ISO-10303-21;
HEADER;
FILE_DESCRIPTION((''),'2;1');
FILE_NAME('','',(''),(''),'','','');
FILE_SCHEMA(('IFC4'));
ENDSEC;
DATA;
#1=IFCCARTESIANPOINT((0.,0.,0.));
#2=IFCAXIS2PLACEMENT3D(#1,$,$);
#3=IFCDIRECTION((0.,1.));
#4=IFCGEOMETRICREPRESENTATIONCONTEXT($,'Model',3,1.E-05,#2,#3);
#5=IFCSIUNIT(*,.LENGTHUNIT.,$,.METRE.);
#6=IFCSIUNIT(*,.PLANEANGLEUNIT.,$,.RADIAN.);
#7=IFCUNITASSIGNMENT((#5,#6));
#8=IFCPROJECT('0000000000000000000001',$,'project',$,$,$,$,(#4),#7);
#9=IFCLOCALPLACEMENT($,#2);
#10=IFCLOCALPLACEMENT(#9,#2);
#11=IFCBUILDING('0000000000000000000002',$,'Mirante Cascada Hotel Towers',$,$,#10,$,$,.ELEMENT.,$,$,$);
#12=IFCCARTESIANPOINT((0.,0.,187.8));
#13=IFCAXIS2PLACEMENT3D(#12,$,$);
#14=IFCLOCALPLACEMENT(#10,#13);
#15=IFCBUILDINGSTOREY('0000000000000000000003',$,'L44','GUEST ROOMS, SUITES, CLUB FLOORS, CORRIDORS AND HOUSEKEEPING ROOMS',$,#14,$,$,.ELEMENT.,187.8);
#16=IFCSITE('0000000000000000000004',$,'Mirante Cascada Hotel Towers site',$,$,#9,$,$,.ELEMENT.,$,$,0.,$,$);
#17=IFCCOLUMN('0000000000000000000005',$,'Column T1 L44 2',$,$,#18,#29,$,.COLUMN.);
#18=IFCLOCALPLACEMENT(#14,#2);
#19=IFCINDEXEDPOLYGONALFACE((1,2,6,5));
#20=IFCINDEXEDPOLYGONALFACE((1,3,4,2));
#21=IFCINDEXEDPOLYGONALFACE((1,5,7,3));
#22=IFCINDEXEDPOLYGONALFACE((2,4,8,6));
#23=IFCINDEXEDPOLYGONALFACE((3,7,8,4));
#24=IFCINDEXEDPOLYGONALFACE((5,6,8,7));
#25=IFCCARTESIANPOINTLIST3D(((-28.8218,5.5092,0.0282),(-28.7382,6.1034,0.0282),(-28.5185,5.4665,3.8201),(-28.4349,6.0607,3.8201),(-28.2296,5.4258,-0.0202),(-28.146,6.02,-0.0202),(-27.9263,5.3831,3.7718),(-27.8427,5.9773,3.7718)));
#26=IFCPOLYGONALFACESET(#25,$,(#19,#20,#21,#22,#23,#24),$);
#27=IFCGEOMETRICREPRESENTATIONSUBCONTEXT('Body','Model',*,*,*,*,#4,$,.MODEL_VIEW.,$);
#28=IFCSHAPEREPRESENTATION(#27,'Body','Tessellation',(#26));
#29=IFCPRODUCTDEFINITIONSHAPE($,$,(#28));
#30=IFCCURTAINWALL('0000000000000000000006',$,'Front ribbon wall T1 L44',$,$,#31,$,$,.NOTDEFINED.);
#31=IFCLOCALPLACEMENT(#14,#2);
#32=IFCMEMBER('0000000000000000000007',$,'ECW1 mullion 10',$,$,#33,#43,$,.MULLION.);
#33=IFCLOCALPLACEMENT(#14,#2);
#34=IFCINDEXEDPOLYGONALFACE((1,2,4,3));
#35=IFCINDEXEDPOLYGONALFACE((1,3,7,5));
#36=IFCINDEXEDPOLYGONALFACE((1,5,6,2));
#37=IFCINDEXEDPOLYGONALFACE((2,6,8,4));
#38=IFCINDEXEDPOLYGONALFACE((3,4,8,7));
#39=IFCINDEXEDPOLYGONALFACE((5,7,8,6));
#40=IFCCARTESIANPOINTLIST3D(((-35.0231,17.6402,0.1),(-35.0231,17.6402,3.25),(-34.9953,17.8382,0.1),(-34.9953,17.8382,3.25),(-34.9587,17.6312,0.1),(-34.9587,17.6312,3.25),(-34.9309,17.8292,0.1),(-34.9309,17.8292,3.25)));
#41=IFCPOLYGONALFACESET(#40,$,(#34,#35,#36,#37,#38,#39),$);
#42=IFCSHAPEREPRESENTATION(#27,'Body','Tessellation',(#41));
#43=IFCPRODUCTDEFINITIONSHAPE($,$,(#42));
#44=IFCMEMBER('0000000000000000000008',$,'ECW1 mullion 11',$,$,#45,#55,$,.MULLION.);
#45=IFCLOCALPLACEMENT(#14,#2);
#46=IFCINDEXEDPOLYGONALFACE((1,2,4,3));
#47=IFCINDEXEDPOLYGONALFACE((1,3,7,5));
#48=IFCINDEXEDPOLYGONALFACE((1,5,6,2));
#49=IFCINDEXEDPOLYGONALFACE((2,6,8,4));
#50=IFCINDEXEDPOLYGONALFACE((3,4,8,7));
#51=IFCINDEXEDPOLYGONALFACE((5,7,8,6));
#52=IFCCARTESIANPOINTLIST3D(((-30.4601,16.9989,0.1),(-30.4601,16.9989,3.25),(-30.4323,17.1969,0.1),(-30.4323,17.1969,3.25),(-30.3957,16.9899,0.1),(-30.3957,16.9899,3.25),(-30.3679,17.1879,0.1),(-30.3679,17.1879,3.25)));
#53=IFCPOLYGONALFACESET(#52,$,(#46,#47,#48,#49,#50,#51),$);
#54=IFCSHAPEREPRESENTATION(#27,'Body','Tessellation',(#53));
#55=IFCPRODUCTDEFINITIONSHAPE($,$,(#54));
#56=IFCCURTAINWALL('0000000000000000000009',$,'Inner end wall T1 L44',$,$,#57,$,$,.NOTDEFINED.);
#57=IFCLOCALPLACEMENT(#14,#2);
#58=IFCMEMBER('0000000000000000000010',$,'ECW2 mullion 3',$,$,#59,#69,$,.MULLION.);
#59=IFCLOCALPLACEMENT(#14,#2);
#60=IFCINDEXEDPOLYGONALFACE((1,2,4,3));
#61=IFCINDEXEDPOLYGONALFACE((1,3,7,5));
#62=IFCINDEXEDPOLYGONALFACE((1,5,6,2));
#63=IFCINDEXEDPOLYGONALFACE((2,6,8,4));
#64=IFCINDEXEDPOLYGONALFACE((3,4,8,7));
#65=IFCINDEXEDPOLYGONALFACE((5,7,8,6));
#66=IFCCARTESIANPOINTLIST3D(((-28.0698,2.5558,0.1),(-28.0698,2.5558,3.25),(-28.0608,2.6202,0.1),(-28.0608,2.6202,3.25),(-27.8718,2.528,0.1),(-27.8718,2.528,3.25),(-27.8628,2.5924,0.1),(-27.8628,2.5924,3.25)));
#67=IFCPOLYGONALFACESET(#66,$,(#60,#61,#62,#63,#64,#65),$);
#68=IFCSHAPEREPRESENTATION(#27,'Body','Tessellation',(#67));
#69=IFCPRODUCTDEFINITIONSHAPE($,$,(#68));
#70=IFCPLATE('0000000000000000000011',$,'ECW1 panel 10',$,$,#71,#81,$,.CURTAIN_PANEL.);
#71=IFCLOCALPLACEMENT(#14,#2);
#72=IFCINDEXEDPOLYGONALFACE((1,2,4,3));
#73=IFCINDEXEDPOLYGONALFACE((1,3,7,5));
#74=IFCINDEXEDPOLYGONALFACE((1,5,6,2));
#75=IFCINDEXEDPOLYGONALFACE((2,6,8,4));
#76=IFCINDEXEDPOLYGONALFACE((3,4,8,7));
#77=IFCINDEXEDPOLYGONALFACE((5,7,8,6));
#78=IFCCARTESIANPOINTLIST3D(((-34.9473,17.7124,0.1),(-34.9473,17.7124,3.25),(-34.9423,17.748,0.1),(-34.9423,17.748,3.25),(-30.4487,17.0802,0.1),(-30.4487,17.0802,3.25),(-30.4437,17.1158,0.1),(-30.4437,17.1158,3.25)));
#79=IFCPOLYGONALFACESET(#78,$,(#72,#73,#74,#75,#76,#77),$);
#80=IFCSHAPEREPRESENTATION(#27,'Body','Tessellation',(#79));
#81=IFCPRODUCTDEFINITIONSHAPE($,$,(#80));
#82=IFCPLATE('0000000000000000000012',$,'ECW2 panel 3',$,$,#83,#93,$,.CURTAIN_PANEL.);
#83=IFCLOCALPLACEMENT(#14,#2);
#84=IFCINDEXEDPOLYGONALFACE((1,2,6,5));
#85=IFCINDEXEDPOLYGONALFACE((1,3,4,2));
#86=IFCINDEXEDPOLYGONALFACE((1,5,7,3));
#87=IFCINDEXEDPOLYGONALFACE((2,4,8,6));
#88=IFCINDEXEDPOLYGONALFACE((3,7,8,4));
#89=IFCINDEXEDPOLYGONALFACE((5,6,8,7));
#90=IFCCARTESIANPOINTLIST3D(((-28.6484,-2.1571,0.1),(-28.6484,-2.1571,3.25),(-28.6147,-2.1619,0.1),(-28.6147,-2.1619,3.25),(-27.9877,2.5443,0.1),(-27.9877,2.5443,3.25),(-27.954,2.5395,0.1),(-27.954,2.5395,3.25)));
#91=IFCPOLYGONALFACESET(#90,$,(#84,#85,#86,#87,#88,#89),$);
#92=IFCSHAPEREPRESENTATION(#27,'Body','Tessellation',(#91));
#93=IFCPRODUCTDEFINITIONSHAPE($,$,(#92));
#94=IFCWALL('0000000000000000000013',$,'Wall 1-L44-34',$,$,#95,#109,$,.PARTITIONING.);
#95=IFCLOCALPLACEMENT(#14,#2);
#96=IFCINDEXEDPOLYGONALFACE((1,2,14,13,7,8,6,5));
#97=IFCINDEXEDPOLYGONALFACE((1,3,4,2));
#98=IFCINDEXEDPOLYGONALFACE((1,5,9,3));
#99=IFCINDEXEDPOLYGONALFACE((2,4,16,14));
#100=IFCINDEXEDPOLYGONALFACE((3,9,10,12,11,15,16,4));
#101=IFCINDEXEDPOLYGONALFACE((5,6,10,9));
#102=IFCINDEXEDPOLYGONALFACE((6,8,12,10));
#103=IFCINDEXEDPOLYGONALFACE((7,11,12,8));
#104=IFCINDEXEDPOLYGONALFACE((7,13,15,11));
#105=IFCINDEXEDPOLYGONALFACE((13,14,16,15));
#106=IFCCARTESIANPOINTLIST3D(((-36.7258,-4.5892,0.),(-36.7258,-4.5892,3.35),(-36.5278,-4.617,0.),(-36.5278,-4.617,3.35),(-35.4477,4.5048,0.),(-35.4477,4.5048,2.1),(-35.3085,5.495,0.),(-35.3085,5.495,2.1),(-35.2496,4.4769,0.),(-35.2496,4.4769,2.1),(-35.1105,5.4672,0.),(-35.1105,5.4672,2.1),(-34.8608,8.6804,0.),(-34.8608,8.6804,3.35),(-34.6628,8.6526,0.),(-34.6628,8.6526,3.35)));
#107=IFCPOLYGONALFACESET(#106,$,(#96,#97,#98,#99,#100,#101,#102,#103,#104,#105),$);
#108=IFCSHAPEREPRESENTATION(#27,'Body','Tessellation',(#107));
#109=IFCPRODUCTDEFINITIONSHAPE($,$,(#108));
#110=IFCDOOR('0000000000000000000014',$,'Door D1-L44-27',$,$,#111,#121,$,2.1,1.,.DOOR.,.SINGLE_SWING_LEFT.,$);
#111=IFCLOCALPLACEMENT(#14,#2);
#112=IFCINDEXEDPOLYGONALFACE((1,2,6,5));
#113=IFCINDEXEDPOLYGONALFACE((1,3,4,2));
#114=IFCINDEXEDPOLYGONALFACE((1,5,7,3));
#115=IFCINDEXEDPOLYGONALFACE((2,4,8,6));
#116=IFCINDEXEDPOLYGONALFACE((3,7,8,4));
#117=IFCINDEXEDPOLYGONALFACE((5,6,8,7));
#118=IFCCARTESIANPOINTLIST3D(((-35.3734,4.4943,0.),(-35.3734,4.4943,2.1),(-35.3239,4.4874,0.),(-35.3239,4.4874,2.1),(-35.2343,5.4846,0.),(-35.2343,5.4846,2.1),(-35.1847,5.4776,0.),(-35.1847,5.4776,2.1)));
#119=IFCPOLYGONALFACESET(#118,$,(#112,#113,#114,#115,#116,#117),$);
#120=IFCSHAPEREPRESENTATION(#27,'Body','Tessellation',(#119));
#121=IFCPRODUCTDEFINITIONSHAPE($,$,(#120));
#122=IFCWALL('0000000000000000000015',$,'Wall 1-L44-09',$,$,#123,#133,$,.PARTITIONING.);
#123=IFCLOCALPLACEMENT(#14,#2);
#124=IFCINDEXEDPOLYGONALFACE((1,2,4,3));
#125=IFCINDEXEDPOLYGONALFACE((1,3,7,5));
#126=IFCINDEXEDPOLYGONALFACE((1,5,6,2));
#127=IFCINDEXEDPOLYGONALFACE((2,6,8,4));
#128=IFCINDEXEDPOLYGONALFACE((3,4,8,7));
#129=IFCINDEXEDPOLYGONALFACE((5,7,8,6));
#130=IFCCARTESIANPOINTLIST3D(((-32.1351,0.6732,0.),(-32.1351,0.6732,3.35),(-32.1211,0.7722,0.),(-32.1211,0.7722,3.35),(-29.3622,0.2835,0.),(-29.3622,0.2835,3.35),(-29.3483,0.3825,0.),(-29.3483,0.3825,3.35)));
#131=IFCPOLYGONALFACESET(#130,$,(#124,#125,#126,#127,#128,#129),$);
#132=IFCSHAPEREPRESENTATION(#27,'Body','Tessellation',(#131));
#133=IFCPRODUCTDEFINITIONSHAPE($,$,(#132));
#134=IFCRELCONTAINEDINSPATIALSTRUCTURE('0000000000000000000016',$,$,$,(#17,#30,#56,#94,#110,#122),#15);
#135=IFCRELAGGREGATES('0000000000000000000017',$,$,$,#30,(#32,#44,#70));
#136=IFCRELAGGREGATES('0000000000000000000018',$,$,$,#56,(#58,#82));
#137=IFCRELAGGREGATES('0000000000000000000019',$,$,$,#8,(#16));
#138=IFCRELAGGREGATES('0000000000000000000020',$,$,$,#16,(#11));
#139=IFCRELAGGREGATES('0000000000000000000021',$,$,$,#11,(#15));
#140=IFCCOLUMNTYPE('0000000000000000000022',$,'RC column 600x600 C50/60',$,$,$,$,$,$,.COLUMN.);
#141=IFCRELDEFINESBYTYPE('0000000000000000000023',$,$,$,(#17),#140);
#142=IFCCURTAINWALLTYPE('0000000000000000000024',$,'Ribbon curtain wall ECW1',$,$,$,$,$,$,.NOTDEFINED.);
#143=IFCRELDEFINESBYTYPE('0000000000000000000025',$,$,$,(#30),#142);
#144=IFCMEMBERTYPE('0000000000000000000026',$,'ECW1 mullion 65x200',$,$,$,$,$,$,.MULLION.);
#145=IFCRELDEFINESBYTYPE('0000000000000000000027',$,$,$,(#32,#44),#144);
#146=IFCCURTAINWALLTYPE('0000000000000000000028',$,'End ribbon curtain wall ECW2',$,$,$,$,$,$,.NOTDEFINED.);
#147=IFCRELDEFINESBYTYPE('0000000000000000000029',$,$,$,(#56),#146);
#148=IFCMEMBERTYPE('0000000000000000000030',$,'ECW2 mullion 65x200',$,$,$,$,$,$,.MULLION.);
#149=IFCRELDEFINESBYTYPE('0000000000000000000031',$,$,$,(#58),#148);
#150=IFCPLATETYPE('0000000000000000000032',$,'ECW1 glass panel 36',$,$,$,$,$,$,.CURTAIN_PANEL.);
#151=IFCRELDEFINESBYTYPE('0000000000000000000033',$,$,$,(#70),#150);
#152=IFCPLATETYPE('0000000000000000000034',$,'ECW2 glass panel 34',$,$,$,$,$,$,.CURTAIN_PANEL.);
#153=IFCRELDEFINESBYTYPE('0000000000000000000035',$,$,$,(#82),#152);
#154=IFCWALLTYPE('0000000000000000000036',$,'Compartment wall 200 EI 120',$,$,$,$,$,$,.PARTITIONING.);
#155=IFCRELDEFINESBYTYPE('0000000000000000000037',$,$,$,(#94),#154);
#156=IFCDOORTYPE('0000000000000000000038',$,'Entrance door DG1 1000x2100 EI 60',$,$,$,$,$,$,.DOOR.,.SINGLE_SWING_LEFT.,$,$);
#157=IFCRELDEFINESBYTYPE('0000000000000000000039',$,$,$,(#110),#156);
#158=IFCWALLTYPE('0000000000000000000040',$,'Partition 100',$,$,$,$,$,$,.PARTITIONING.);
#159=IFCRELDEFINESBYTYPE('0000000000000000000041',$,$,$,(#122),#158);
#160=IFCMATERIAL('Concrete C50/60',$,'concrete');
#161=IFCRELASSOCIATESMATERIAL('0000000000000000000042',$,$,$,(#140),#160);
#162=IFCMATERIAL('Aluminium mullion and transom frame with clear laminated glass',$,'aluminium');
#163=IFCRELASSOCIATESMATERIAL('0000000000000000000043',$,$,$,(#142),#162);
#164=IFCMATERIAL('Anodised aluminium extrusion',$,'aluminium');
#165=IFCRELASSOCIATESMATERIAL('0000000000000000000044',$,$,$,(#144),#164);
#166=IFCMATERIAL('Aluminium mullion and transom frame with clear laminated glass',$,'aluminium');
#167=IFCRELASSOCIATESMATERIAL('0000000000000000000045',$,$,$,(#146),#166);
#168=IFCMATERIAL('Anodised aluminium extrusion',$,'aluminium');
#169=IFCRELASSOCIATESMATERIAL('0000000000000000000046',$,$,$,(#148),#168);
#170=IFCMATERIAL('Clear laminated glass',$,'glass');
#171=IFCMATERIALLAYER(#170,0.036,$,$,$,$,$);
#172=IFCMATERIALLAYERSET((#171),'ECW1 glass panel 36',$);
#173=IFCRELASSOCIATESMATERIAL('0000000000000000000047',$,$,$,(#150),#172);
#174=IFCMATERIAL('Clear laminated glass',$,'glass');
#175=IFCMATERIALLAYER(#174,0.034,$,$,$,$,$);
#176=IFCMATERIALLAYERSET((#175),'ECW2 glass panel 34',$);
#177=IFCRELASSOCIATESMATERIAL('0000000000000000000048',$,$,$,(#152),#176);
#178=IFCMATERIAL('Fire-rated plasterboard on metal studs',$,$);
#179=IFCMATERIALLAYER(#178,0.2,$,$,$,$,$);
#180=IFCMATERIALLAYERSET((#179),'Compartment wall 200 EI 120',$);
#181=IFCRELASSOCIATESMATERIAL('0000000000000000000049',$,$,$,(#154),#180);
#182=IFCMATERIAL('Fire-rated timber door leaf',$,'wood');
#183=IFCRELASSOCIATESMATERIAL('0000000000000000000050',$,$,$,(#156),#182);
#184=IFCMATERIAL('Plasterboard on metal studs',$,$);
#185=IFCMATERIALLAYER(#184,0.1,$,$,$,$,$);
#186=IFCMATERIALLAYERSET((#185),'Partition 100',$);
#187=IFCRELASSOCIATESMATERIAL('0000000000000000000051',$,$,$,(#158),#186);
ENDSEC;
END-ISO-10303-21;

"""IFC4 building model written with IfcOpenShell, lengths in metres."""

from ifc_helpers import new_model, si_unit, direction, frame, frame_2d, origin, origin_2d, place, context, subcontext, project, spatial, rectangle, extrude, material, layer, layer_set, material_profile, profile_set, type_object, element, fill, aggregate, save


model = new_model("IFC4")

# Units and contexts
model_context = context("Model", 3, precision=1e-05, world=origin(), true_north=direction((0.0, 1.0)))
body_context = subcontext(model_context, "Body", "Model", "MODEL_VIEW")
ifc_project = project(units=[si_unit("LENGTHUNIT", "METRE"), si_unit("PLANEANGLEUNIT", "RADIAN")], contexts=[model_context])

# Site, building, storey
site_placement = place(None, origin())
site = spatial("IfcSite", under=ifc_project, at=site_placement, Name="Mirante Cascada Hotel Towers site", CompositionType="ELEMENT", RefElevation=0.0)
building_placement = place(site_placement, origin())
building = spatial("IfcBuilding", under=site, at=building_placement, Name="Mirante Cascada Hotel Towers", CompositionType="ELEMENT")
storey_placement = place(building_placement, frame((0.0, 0.0, 187.8)))
storey = spatial("IfcBuildingStorey", under=building, at=storey_placement, Name="L44", Description="GUEST ROOMS, SUITES, CLUB FLOORS, CORRIDORS AND HOUSEKEEPING ROOMS", CompositionType="ELEMENT", Elevation=187.8)

# Column
ifc_material_1 = material(Name="Concrete C50/60", Category="concrete")
ifc_material_profile_1 = material_profile(ifc_material_1, rectangle(XDim=0.6, YDim=0.6, at=origin_2d()), Name="RC column 600x600 C50/60")
ifc_profile_set_1 = profile_set([ifc_material_profile_1], Name="Concrete C50/60")
column_type = type_object("IfcColumnType", Name="RC column 600x600 C50/60", PredefinedType="COLUMN", material=ifc_profile_set_1)
column_placement = place(storey_placement, frame((-28.4839, 5.7646, 0.004), z_axis=(0.079725, -0.011224, 0.996754), x_axis=(0.13941, 0.990235, 0.0)))
element("IfcColumn", 1, at=column_placement, inside=storey, type_object=column_type, Name="Column T1 L44 2", PredefinedType="COLUMN", context=body_context, shape_type="SweptSolid", body=[
    extrude(rectangle(XDim=0.6, YDim=0.6, at=origin_2d()), origin(), (0.0, 0.0, 1.0), 3.8043),
])

# Curtain wall, members
ifc_material_2 = material(Name="Aluminium mullion and transom frame with clear laminated glass", Category="aluminium")
curtain_wall_type_1 = type_object("IfcCurtainWallType", Name="Ribbon curtain wall ECW1", PredefinedType="NOTDEFINED", material=ifc_material_2)
curtain_wall_1_placement = place(storey_placement, origin())
curtain_wall_1 = element("IfcCurtainWall", 2, at=curtain_wall_1_placement, inside=storey, type_object=curtain_wall_type_1, Name="Front ribbon wall T1 L44", PredefinedType="NOTDEFINED")
ifc_material_3 = material(Name="Anodised aluminium extrusion", Category="aluminium")
ifc_material_profile_2 = material_profile(ifc_material_3, rectangle(XDim=0.2, YDim=0.065, at=origin_2d()), Name="ECW1 MULLION 65x200")
ifc_profile_set_2 = profile_set([ifc_material_profile_2], Name="Anodised aluminium extrusion")
member_type_1 = type_object("IfcMemberType", Name="ECW1 mullion 65x200", PredefinedType="MULLION", material=ifc_profile_set_2)
member_1_placement = place(storey_placement, frame((-34.977, 17.7347, 0.1), z_axis=(0.0, 0.0, 1.0), x_axis=(0.139173, 0.990268, 0.0)))
member_1 = element("IfcMember", 3, at=member_1_placement, type_object=member_type_1, Name="ECW1 mullion 10", PredefinedType="MULLION", context=body_context, shape_type="SweptSolid", body=[
    extrude(rectangle(XDim=0.2, YDim=0.065, at=origin_2d()), origin(), (0.0, 0.0, 1.0), 3.15),
])
member_2_placement = place(storey_placement, frame((-30.414, 17.0934, 0.1), z_axis=(0.0, 0.0, 1.0), x_axis=(0.139173, 0.990268, 0.0)))
member_2 = element("IfcMember", 4, at=member_2_placement, type_object=member_type_1, Name="ECW1 mullion 11", PredefinedType="MULLION", context=body_context, shape_type="SweptSolid", body=[
    extrude(rectangle(XDim=0.2, YDim=0.065, at=origin_2d()), origin(), (0.0, 0.0, 1.0), 3.15),
])

# Curtain wall, member
ifc_material_4 = material(Name="Aluminium mullion and transom frame with clear laminated glass", Category="aluminium")
curtain_wall_type_2 = type_object("IfcCurtainWallType", Name="End ribbon curtain wall ECW2", PredefinedType="NOTDEFINED", material=ifc_material_4)
curtain_wall_2_placement = place(storey_placement, origin())
curtain_wall_2 = element("IfcCurtainWall", 5, at=curtain_wall_2_placement, inside=storey, type_object=curtain_wall_type_2, Name="Inner end wall T1 L44", PredefinedType="NOTDEFINED")
ifc_material_5 = material(Name="Anodised aluminium extrusion", Category="aluminium")
ifc_material_profile_3 = material_profile(ifc_material_5, rectangle(XDim=0.2, YDim=0.065, at=origin_2d()), Name="ECW2 MULLION 65x200")
ifc_profile_set_3 = profile_set([ifc_material_profile_3], Name="Anodised aluminium extrusion")
member_type_2 = type_object("IfcMemberType", Name="ECW2 mullion 65x200", PredefinedType="MULLION", material=ifc_profile_set_3)
member_3_placement = place(storey_placement, frame((-27.9663, 2.5741, 0.1), z_axis=(0.0, 0.0, 1.0), x_axis=(0.990268, -0.139173, 0.0)))
member_3 = element("IfcMember", 6, at=member_3_placement, type_object=member_type_2, Name="ECW2 mullion 3", PredefinedType="MULLION", context=body_context, shape_type="SweptSolid", body=[
    extrude(rectangle(XDim=0.2, YDim=0.065, at=origin_2d()), origin(), (0.0, 0.0, 1.0), 3.15),
])

# Plates
ifc_material_6 = material(Name="Clear laminated glass", Category="glass")
ifc_layer_1 = layer(ifc_material_6, 0.036)
ifc_layer_set_1 = layer_set([ifc_layer_1], Name="ECW1 glass panel 36")
plate_type_1 = type_object("IfcPlateType", Name="ECW1 glass panel 36", PredefinedType="CURTAIN_PANEL", material=ifc_layer_set_1)
plate_1_placement = place(storey_placement, frame((-32.6955, 17.4141, 0.1), z_axis=(0.0, 0.0, 1.0), x_axis=(0.990268, -0.139173, 0.0)))
plate_1 = element("IfcPlate", 7, at=plate_1_placement, type_object=plate_type_1, Name="ECW1 panel 10", PredefinedType="CURTAIN_PANEL", context=body_context, shape_type="SweptSolid", body=[
    extrude(rectangle(XDim=4.5428, YDim=0.036, at=origin_2d()), origin(), (0.0, 0.0, 1.0), 3.15),
])
aggregate(curtain_wall_1, [member_1, member_2, plate_1])
ifc_material_7 = material(Name="Clear laminated glass", Category="glass")
ifc_layer_2 = layer(ifc_material_7, 0.034)
ifc_layer_set_2 = layer_set([ifc_layer_2], Name="ECW2 glass panel 34")
plate_type_2 = type_object("IfcPlateType", Name="ECW2 glass panel 34", PredefinedType="CURTAIN_PANEL", material=ifc_layer_set_2)
plate_2_placement = place(storey_placement, frame((-28.3012, 0.1912, 0.1), z_axis=(0.0, 0.0, 1.0), x_axis=(-0.139173, -0.990268, 0.0)))
plate_2 = element("IfcPlate", 8, at=plate_2_placement, type_object=plate_type_2, Name="ECW2 panel 3", PredefinedType="CURTAIN_PANEL", context=body_context, shape_type="SweptSolid", body=[
    extrude(rectangle(XDim=4.7476, YDim=0.034, at=origin_2d()), origin(), (0.0, 0.0, 1.0), 3.15),
])
aggregate(curtain_wall_2, [member_3, plate_2])

# Wall, opening, door
ifc_material_8 = material(Name="Fire-rated plasterboard on metal studs")
ifc_layer_3 = layer(ifc_material_8, 0.2)
ifc_layer_set_3 = layer_set([ifc_layer_3], Name="Compartment wall 200 EI 120")
wall_type_1 = type_object("IfcWallType", Name="Compartment wall 200 EI 120", PredefinedType="PARTITIONING", material=ifc_layer_set_3)
wall_1_placement = place(storey_placement, frame((-34.7618, 8.6665, 0.0), z_axis=(0.0, 0.0, 1.0), x_axis=(-0.139179, -0.990267, 0.0)))
wall_1 = element("IfcWall", 9, at=wall_1_placement, inside=storey, type_object=wall_type_1, Name="Wall 1-L44-34", PredefinedType="PARTITIONING", context=body_context, shape_type="SweptSolid", body=[
    extrude(rectangle(XDim=13.4, YDim=0.2, at=frame_2d((6.7, 0.0))), origin(), (0.0, 0.0, 1.0), 3.35),
])
opening_1_placement = place(wall_1_placement, frame((3.2167, 0.0, 0.0)))
opening_1 = element("IfcOpeningElement", 10, at=opening_1_placement, cuts=wall_1, PredefinedType="OPENING", context=body_context, shape_type="SweptSolid", body=[
    extrude(rectangle(XDim=1.0, YDim=2.1, at=frame_2d((0.5, 1.05))), frame((0.0, 0.1, 0.0), z_axis=(0.0, -1.0, 0.0), x_axis=(1.0, 0.0, 0.0)), (0.0, 0.0, 1.0), 0.2),
])
ifc_material_9 = material(Name="Fire-rated timber door leaf", Category="wood")
door_type_1 = type_object("IfcDoorType", Name="Entrance door DG1 1000x2100 EI 60", OperationType="SINGLE_SWING_LEFT", PredefinedType="DOOR", material=ifc_material_9)
door_1_placement = place(opening_1_placement, origin())
door_1 = element("IfcDoor", 11, at=door_1_placement, inside=storey, type_object=door_type_1, Name="Door D1-L44-27", OperationType="SINGLE_SWING_LEFT", OverallHeight=2.1, OverallWidth=1.0, PredefinedType="DOOR", context=body_context, shape_type="SweptSolid", body=[
    extrude(rectangle(XDim=1.0, YDim=2.1, at=frame_2d((0.5, 1.05))), frame((0.0, 0.025, 0.0), z_axis=(0.0, -1.0, 0.0), x_axis=(1.0, 0.0, 0.0)), (0.0, 0.0, 1.0), 0.05),
])
fill(opening_1, door_1)

# Wall
ifc_material_10 = material(Name="Plasterboard on metal studs")
ifc_layer_4 = layer(ifc_material_10, 0.1)
ifc_layer_set_4 = layer_set([ifc_layer_4], Name="Partition 100")
wall_type_2 = type_object("IfcWallType", Name="Partition 100", PredefinedType="PARTITIONING", material=ifc_layer_set_4)
wall_2_placement = place(storey_placement, frame((-29.3553, 0.333, 0.0), z_axis=(0.0, 0.0, 1.0), x_axis=(-0.990268, 0.139176, 0.0)))
element("IfcWall", 12, at=wall_2_placement, inside=storey, type_object=wall_type_2, Name="Wall 1-L44-09", PredefinedType="PARTITIONING", context=body_context, shape_type="SweptSolid", body=[
    extrude(rectangle(XDim=2.8001, YDim=0.1, at=frame_2d((1.4, 0.0))), origin(), (0.0, 0.0, 1.0), 3.35),
])

save(model, "model.ifc")
